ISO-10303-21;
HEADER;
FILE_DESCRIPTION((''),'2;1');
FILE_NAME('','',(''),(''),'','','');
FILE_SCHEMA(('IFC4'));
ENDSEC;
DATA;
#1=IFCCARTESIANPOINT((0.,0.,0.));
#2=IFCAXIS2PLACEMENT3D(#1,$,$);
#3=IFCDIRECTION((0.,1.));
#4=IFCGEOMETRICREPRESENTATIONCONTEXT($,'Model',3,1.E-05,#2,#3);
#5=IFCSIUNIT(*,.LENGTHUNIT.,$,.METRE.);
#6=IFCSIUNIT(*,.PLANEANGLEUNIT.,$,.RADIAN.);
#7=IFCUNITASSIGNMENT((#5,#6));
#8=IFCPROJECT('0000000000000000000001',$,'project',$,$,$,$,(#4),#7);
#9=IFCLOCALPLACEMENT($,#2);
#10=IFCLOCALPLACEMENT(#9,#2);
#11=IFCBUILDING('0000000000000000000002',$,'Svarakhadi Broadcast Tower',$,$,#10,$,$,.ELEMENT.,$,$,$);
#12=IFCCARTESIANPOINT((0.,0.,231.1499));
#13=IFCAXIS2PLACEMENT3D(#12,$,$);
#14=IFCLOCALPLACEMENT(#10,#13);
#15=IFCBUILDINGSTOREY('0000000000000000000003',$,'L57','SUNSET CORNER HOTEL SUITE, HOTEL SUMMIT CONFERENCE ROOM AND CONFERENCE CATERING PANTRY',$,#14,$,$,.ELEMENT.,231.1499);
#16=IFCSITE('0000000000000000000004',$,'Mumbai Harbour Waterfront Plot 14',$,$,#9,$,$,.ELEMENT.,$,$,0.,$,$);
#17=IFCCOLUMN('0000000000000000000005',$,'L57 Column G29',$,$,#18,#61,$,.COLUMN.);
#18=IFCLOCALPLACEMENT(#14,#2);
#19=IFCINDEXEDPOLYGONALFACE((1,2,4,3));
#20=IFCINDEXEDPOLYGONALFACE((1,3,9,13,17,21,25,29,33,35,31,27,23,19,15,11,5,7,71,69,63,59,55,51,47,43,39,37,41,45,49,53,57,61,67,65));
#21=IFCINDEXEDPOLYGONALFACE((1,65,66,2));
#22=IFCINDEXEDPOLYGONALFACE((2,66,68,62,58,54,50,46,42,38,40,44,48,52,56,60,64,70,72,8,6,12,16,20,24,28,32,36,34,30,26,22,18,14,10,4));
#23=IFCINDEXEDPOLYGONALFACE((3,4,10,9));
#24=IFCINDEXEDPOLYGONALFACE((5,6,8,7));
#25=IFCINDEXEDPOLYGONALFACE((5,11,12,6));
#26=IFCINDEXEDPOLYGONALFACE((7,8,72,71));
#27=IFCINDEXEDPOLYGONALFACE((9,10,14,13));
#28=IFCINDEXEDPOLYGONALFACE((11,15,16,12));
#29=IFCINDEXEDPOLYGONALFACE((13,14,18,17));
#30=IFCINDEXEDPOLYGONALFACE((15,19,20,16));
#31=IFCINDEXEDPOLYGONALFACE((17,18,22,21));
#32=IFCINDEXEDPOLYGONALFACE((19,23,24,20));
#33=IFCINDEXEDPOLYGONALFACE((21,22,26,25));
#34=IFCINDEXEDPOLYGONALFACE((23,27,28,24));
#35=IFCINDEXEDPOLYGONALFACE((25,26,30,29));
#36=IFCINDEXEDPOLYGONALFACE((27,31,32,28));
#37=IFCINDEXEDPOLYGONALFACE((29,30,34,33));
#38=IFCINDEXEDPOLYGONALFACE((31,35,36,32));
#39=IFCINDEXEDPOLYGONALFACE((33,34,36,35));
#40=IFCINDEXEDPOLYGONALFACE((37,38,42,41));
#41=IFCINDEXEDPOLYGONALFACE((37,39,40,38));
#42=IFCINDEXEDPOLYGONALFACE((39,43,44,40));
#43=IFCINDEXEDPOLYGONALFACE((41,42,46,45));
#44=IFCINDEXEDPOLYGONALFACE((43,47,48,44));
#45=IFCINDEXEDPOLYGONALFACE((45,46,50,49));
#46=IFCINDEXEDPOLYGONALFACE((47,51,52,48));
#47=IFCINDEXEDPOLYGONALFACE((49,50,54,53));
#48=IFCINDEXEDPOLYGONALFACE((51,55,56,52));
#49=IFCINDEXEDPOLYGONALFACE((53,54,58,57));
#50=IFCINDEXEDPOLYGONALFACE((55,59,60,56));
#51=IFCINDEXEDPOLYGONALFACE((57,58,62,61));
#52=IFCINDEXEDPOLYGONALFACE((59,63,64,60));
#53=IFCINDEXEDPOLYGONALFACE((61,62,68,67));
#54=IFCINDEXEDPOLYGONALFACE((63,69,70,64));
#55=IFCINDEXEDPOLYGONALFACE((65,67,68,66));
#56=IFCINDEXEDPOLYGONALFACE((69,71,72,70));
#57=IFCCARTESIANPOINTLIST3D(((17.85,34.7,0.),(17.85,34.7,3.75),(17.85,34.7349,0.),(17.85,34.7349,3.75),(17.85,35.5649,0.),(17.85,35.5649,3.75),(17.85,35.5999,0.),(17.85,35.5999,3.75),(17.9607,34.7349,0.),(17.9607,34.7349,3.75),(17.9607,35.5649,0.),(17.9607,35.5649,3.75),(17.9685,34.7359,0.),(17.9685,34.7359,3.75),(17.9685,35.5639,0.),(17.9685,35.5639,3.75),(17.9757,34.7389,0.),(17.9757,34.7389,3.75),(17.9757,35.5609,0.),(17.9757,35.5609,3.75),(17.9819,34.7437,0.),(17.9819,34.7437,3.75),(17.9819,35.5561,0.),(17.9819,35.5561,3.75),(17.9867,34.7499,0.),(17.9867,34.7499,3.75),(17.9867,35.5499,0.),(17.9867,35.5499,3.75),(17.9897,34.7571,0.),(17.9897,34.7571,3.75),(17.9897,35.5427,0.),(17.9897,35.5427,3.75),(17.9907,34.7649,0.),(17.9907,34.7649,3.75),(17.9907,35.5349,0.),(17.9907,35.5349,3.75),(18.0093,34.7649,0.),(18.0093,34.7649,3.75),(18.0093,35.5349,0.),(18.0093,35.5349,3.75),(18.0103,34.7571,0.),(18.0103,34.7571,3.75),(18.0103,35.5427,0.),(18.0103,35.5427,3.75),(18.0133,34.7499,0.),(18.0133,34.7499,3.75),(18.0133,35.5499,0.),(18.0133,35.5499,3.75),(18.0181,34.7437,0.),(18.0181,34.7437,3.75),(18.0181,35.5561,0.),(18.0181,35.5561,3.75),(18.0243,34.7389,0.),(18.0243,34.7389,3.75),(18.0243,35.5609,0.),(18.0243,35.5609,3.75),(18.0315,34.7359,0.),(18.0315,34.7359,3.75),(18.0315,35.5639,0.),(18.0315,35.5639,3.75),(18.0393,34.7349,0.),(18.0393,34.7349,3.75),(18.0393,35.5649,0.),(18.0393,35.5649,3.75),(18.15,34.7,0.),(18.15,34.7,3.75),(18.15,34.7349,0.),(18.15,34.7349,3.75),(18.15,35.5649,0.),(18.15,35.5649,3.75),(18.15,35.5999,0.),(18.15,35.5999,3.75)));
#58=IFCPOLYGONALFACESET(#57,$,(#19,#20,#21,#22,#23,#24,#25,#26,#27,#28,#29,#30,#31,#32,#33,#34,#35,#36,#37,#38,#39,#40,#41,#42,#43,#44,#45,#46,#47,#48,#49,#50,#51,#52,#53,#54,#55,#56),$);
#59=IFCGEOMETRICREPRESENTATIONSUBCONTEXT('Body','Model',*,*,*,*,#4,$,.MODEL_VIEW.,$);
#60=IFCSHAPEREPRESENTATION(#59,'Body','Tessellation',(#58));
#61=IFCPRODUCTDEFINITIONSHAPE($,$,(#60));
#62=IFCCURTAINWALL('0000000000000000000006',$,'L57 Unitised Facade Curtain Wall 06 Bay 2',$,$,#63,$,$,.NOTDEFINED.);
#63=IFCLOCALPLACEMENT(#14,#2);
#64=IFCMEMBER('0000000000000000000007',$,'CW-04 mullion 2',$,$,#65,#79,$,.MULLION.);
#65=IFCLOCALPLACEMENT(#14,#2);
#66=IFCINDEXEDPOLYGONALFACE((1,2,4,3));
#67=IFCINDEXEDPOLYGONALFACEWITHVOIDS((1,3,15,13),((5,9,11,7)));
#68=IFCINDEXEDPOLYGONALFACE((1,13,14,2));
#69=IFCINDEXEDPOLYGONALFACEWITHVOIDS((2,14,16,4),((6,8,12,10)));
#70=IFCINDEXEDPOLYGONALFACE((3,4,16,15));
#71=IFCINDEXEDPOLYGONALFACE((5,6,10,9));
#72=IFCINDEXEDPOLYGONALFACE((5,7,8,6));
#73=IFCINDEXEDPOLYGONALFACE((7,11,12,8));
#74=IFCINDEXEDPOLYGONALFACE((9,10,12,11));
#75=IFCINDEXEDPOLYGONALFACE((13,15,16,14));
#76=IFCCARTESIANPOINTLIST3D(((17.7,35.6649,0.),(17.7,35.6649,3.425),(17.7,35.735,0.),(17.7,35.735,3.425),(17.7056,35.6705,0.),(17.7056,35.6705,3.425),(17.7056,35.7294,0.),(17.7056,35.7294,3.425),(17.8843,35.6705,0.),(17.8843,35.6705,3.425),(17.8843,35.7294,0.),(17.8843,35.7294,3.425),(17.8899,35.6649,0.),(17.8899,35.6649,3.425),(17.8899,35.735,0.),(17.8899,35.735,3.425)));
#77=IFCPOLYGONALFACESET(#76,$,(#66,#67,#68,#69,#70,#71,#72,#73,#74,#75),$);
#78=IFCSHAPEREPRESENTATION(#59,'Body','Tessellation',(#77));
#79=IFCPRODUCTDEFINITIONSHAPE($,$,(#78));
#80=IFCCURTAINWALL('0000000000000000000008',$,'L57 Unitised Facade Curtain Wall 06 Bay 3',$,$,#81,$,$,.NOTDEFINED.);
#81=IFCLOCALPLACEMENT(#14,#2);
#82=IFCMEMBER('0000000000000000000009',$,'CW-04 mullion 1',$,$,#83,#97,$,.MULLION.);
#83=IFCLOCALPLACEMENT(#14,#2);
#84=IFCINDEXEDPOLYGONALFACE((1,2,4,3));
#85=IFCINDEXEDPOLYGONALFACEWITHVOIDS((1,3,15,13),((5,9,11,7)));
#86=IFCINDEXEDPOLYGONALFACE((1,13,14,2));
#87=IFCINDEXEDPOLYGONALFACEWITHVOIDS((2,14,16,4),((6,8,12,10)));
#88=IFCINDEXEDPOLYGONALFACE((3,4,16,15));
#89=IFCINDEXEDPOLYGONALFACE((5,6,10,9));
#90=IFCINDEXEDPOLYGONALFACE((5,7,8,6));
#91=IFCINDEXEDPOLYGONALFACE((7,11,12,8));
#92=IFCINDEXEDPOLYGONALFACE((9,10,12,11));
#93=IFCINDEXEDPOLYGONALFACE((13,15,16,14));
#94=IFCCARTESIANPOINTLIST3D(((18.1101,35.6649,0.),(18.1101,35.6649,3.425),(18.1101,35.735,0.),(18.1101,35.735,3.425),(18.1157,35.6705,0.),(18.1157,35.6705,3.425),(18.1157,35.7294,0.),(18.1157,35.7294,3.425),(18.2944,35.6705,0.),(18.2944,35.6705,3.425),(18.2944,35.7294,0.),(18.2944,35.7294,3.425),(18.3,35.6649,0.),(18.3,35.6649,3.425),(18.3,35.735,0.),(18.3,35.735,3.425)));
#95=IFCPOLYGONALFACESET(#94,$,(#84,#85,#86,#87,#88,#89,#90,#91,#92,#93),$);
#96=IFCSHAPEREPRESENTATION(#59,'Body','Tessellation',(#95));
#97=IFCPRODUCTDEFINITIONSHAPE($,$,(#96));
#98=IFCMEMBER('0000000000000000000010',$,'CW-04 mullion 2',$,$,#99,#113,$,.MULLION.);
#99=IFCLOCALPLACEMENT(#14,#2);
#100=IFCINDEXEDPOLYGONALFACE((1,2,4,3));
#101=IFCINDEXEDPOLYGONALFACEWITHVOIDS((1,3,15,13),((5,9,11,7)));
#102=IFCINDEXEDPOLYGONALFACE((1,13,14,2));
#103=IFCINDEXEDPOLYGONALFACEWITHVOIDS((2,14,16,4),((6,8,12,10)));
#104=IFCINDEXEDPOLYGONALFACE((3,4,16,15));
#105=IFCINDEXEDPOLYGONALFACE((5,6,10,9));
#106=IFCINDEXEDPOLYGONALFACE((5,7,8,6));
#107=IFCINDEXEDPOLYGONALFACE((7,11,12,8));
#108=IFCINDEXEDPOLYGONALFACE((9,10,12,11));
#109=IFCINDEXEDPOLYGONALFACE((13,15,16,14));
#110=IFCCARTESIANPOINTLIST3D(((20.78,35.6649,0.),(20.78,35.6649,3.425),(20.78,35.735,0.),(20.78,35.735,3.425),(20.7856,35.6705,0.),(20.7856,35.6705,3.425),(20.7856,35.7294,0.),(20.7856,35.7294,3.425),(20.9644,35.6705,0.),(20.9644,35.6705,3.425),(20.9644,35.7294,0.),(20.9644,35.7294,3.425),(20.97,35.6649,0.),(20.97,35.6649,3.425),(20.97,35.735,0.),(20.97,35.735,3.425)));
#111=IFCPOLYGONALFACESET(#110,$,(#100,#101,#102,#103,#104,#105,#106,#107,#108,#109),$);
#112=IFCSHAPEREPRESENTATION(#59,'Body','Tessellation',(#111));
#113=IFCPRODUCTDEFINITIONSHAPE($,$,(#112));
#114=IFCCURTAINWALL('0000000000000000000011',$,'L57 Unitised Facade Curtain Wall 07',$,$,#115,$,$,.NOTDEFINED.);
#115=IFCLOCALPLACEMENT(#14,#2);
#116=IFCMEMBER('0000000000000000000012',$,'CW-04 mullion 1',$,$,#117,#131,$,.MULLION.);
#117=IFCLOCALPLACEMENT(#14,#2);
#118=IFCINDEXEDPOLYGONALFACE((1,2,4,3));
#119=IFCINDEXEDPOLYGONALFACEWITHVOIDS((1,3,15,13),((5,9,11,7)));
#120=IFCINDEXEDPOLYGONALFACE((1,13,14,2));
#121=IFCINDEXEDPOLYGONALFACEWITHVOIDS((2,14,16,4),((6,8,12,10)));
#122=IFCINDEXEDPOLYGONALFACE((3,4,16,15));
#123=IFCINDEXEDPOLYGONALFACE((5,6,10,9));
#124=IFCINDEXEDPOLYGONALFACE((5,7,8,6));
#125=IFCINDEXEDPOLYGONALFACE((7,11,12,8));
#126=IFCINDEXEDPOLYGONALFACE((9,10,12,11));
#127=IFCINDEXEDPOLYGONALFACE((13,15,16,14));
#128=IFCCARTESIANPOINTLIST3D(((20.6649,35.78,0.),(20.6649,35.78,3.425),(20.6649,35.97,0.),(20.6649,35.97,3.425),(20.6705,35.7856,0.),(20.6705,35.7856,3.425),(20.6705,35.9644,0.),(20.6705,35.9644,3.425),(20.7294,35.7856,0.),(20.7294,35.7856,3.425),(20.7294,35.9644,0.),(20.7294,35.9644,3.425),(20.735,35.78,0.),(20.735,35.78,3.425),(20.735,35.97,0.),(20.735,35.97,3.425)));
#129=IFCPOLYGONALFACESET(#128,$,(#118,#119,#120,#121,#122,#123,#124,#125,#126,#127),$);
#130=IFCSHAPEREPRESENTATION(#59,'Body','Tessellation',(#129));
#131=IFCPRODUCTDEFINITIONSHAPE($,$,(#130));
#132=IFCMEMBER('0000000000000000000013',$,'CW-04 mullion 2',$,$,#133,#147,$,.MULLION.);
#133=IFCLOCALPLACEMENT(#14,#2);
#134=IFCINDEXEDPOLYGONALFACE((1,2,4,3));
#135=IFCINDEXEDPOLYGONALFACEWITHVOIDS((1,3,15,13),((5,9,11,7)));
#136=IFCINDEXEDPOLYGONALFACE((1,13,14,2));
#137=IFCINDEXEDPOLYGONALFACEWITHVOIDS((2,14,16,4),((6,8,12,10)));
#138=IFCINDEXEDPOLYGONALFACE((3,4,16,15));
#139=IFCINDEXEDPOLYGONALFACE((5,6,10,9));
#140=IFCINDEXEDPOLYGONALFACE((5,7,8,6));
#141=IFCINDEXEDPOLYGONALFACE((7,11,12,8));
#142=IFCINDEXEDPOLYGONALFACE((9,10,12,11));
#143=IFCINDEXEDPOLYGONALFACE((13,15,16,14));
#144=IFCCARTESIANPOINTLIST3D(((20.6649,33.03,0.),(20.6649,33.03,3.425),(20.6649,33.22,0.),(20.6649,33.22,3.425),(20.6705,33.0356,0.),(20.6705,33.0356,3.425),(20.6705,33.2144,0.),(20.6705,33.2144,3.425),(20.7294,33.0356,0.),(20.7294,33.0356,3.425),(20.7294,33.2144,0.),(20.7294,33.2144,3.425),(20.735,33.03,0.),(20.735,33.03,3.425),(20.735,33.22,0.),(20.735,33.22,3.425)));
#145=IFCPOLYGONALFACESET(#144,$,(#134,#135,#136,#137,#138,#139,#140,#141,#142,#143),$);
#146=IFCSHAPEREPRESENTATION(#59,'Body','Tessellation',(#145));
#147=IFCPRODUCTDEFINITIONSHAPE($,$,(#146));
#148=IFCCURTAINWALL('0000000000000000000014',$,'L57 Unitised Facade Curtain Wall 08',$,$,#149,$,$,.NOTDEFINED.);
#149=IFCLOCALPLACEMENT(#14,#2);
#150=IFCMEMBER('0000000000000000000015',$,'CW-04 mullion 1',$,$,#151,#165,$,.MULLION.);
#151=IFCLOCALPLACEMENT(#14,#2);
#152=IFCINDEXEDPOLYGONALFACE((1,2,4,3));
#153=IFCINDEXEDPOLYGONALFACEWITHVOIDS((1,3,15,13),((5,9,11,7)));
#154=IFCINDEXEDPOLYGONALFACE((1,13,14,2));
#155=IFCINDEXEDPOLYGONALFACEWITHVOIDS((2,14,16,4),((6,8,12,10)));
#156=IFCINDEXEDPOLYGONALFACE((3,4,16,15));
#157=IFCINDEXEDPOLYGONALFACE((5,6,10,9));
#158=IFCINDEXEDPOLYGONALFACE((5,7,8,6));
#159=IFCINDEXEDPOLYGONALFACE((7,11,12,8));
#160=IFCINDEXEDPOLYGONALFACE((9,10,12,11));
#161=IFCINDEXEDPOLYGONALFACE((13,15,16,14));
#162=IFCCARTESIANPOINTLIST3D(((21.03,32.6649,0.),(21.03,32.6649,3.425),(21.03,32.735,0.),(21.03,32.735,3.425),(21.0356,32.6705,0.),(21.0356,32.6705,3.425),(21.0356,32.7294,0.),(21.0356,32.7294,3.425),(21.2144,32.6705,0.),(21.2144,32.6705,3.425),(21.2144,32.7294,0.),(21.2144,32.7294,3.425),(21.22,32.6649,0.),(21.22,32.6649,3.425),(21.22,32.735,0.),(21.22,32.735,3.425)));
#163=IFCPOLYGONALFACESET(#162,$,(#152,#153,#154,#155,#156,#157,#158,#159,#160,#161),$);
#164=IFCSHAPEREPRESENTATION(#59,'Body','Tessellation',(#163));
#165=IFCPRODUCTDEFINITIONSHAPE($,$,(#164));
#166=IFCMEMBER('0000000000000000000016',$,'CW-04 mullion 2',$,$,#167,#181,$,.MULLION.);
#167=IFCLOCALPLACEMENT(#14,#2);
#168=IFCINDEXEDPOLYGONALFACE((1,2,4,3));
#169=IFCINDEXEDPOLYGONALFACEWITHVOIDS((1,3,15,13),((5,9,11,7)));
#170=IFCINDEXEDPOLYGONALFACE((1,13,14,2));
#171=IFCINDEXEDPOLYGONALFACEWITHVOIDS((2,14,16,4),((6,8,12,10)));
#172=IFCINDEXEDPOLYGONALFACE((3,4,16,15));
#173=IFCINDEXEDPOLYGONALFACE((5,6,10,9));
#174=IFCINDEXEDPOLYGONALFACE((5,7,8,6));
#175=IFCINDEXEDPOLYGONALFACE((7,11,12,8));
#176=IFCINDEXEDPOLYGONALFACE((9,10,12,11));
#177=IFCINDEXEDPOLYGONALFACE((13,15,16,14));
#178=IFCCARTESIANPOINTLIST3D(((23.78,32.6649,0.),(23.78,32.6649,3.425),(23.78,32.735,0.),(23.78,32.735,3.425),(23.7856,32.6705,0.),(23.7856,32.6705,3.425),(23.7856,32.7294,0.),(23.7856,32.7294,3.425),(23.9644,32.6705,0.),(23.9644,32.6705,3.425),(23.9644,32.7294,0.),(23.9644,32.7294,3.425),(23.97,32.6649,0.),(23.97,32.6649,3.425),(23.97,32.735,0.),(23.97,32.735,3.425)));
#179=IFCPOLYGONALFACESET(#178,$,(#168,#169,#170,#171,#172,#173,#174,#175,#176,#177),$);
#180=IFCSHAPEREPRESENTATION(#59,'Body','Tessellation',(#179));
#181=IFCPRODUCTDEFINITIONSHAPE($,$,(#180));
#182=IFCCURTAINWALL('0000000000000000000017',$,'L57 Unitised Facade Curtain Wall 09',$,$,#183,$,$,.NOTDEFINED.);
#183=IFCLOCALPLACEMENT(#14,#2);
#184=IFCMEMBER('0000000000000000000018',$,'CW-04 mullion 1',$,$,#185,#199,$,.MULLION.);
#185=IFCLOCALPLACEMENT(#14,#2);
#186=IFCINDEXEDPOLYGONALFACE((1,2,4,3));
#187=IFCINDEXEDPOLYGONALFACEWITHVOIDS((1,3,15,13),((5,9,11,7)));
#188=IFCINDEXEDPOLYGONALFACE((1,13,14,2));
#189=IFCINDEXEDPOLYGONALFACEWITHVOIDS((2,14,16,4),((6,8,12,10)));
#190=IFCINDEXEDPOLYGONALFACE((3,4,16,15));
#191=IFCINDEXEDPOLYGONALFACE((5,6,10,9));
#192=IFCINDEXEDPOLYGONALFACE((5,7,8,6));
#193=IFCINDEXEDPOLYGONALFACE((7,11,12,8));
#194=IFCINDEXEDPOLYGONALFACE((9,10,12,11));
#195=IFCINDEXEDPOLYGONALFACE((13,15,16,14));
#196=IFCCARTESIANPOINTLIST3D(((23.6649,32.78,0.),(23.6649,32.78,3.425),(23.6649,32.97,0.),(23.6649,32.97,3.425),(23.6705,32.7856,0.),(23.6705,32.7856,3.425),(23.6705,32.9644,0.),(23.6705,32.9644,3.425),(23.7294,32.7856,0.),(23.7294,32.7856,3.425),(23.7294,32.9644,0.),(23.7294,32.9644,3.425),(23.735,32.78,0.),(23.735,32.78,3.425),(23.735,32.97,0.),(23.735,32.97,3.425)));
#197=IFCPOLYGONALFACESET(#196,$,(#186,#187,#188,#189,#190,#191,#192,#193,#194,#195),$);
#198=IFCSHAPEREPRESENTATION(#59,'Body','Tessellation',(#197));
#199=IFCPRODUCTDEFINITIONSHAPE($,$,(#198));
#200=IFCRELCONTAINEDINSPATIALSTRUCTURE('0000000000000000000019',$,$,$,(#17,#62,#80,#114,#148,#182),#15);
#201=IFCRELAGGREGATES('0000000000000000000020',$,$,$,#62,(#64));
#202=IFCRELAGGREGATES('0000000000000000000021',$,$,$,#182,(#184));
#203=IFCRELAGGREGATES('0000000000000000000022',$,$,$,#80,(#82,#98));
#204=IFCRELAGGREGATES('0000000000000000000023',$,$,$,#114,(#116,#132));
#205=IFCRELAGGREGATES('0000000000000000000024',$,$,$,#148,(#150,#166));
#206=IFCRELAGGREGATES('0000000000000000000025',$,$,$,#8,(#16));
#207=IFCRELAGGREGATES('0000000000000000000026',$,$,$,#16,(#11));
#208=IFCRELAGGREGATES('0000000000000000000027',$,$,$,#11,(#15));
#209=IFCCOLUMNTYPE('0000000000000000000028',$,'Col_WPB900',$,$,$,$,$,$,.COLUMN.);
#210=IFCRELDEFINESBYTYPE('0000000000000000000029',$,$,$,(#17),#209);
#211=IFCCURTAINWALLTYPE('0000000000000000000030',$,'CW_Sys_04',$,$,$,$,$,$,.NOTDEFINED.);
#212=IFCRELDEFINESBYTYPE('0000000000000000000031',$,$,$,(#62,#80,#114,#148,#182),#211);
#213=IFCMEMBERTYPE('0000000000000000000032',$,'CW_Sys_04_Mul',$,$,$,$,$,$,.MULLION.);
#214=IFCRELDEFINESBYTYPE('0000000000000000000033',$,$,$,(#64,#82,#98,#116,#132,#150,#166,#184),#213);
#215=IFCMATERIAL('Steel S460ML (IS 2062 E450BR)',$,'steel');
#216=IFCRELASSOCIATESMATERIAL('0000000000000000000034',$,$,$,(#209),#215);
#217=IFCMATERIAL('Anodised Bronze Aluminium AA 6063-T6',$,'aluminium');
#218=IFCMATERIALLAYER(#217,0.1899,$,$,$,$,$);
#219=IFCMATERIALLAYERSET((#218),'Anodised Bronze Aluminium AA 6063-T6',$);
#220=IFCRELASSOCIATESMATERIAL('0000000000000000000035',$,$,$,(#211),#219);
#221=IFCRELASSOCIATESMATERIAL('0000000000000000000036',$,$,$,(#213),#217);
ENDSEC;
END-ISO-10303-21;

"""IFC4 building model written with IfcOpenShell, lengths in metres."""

from ifc_helpers import new_model, si_unit, direction, frame, origin, origin_2d, place, context, subcontext, project, spatial, hollow_rectangle, i_section, extrude, material, layer, layer_set, material_profile, profile_set, type_object, element, aggregate, save


model = new_model("IFC4")

# Units and contexts
model_context = context("Model", 3, precision=1e-05, world=origin(), true_north=direction((0.0, 1.0)))
body_context = subcontext(model_context, "Body", "Model", "MODEL_VIEW")
ifc_project = project(units=[si_unit("LENGTHUNIT", "METRE"), si_unit("PLANEANGLEUNIT", "RADIAN")], contexts=[model_context])

# Site, building, storey
site_placement = place(None, origin())
site = spatial("IfcSite", under=ifc_project, at=site_placement, Name="Mumbai Harbour Waterfront Plot 14", CompositionType="ELEMENT", RefElevation=0.0)
building_placement = place(site_placement, origin())
building = spatial("IfcBuilding", under=site, at=building_placement, Name="Svarakhadi Broadcast Tower", CompositionType="ELEMENT")
storey_placement = place(building_placement, frame((0.0, 0.0, 231.1499)))
storey = spatial("IfcBuildingStorey", under=building, at=storey_placement, Name="L57", Description="SUNSET CORNER HOTEL SUITE, HOTEL SUMMIT CONFERENCE ROOM AND CONFERENCE CATERING PANTRY", CompositionType="ELEMENT", Elevation=231.1499)

# Column
ifc_material_1 = material(Name="Steel S460ML (IS 2062 E450BR)", Category="steel")
ifc_material_profile_1 = material_profile(ifc_material_1, i_section(OverallWidth=0.3, OverallDepth=0.8999, WebThickness=0.0186, FlangeThickness=0.0349, FilletRadius=0.03, at=origin_2d()), Name="WPB 900x300x291")
ifc_profile_set_1 = profile_set([ifc_material_profile_1], Name="Steel S460ML (IS 2062 E450BR)")
column_type = type_object("IfcColumnType", Name="Col_WPB900", PredefinedType="COLUMN", material=ifc_profile_set_1)
column_placement = place(storey_placement, frame((18.0, 35.1499, 0.0), z_axis=(0.0, 0.0, 1.0), x_axis=(1.0, 0.0, 0.0)))
element("IfcColumn", 1, at=column_placement, inside=storey, type_object=column_type, Name="L57 Column G29", PredefinedType="COLUMN", context=body_context, shape_type="SweptSolid", body=[
    extrude(i_section(OverallWidth=0.3, OverallDepth=0.8999, WebThickness=0.0186, FlangeThickness=0.0349, FilletRadius=0.03, at=origin_2d()), origin(), (0.0, 0.0, 1.0), 3.75),
])

# Curtain wall, member
ifc_material_2 = material(Name="Anodised Bronze Aluminium AA 6063-T6", Category="aluminium")
ifc_layer_1 = layer(ifc_material_2, 0.1899)
ifc_layer_set_1 = layer_set([ifc_layer_1], Name="Anodised Bronze Aluminium AA 6063-T6")
curtain_wall_type = type_object("IfcCurtainWallType", Name="CW_Sys_04", PredefinedType="NOTDEFINED", material=ifc_layer_set_1)
curtain_wall_1_placement = place(storey_placement, origin())
curtain_wall_1 = element("IfcCurtainWall", 2, at=curtain_wall_1_placement, inside=storey, type_object=curtain_wall_type, Name="L57 Unitised Facade Curtain Wall 06 Bay 2", PredefinedType="NOTDEFINED")
ifc_material_profile_2 = material_profile(ifc_material_2, hollow_rectangle(XDim=0.0701, YDim=0.1899, WallThickness=0.0056, at=origin_2d()), Name="ALU MULLION 190x70x6")
ifc_profile_set_2 = profile_set([ifc_material_profile_2], Name="Anodised Bronze Aluminium AA 6063-T6")
member_type_1 = type_object("IfcMemberType", Name="CW_Sys_04_Mul", PredefinedType="MULLION", material=ifc_profile_set_2)
member_1_placement = place(storey_placement, frame((17.7949, 35.7, 0.0), z_axis=(0.0, 0.0, 1.0), x_axis=(0.0, 1.0, 0.0)))
member_1 = element("IfcMember", 3, at=member_1_placement, type_object=member_type_1, Name="CW-04 mullion 2", PredefinedType="MULLION", context=body_context, shape_type="SweptSolid", body=[
    extrude(hollow_rectangle(XDim=0.0701, YDim=0.1899, WallThickness=0.0056, at=origin_2d()), origin(), (0.0, 0.0, 1.0), 3.425),
])
aggregate(curtain_wall_1, [member_1])

# Curtain walls, members
curtain_wall_2_placement = place(storey_placement, origin())
curtain_wall_2 = element("IfcCurtainWall", 4, at=curtain_wall_2_placement, inside=storey, type_object=curtain_wall_type, Name="L57 Unitised Facade Curtain Wall 06 Bay 3", PredefinedType="NOTDEFINED")
member_2_placement = place(storey_placement, frame((18.2051, 35.7, 0.0), z_axis=(0.0, 0.0, 1.0), x_axis=(0.0, 1.0, 0.0)))
member_2 = element("IfcMember", 5, at=member_2_placement, type_object=member_type_1, Name="CW-04 mullion 1", PredefinedType="MULLION", context=body_context, shape_type="SweptSolid", body=[
    extrude(hollow_rectangle(XDim=0.0701, YDim=0.1899, WallThickness=0.0056, at=origin_2d()), origin(), (0.0, 0.0, 1.0), 3.425),
])
member_3_placement = place(storey_placement, frame((20.875, 35.7, 0.0), z_axis=(0.0, 0.0, 1.0), x_axis=(0.0, 1.0, 0.0)))
member_3 = element("IfcMember", 6, at=member_3_placement, type_object=member_type_1, Name="CW-04 mullion 2", PredefinedType="MULLION", context=body_context, shape_type="SweptSolid", body=[
    extrude(hollow_rectangle(XDim=0.0701, YDim=0.1899, WallThickness=0.0056, at=origin_2d()), origin(), (0.0, 0.0, 1.0), 3.425),
])
curtain_wall_3_placement = place(storey_placement, origin())
curtain_wall_3 = element("IfcCurtainWall", 7, at=curtain_wall_3_placement, inside=storey, type_object=curtain_wall_type, Name="L57 Unitised Facade Curtain Wall 07", PredefinedType="NOTDEFINED")
member_4_placement = place(storey_placement, frame((20.7, 35.875, 0.0), z_axis=(0.0, 0.0, 1.0), x_axis=(1.0, 0.0, 0.0)))
member_4 = element("IfcMember", 8, at=member_4_placement, type_object=member_type_1, Name="CW-04 mullion 1", PredefinedType="MULLION", context=body_context, shape_type="SweptSolid", body=[
    extrude(hollow_rectangle(XDim=0.0701, YDim=0.1899, WallThickness=0.0056, at=origin_2d()), origin(), (0.0, 0.0, 1.0), 3.425),
])
member_5_placement = place(storey_placement, frame((20.7, 33.125, 0.0), z_axis=(0.0, 0.0, 1.0), x_axis=(1.0, 0.0, 0.0)))
member_5 = element("IfcMember", 9, at=member_5_placement, type_object=member_type_1, Name="CW-04 mullion 2", PredefinedType="MULLION", context=body_context, shape_type="SweptSolid", body=[
    extrude(hollow_rectangle(XDim=0.0701, YDim=0.1899, WallThickness=0.0056, at=origin_2d()), origin(), (0.0, 0.0, 1.0), 3.425),
])
curtain_wall_4_placement = place(storey_placement, origin())
curtain_wall_4 = element("IfcCurtainWall", 10, at=curtain_wall_4_placement, inside=storey, type_object=curtain_wall_type, Name="L57 Unitised Facade Curtain Wall 08", PredefinedType="NOTDEFINED")
member_6_placement = place(storey_placement, frame((21.125, 32.7, 0.0), z_axis=(0.0, 0.0, 1.0), x_axis=(0.0, 1.0, 0.0)))
member_6 = element("IfcMember", 11, at=member_6_placement, type_object=member_type_1, Name="CW-04 mullion 1", PredefinedType="MULLION", context=body_context, shape_type="SweptSolid", body=[
    extrude(hollow_rectangle(XDim=0.0701, YDim=0.1899, WallThickness=0.0056, at=origin_2d()), origin(), (0.0, 0.0, 1.0), 3.425),
])
member_7_placement = place(storey_placement, frame((23.875, 32.7, 0.0), z_axis=(0.0, 0.0, 1.0), x_axis=(0.0, 1.0, 0.0)))
member_7 = element("IfcMember", 12, at=member_7_placement, type_object=member_type_1, Name="CW-04 mullion 2", PredefinedType="MULLION", context=body_context, shape_type="SweptSolid", body=[
    extrude(hollow_rectangle(XDim=0.0701, YDim=0.1899, WallThickness=0.0056, at=origin_2d()), origin(), (0.0, 0.0, 1.0), 3.425),
])

# Curtain wall, member
curtain_wall_5_placement = place(storey_placement, origin())
curtain_wall_5 = element("IfcCurtainWall", 13, at=curtain_wall_5_placement, inside=storey, type_object=curtain_wall_type, Name="L57 Unitised Facade Curtain Wall 09", PredefinedType="NOTDEFINED")
member_8_placement = place(storey_placement, frame((23.7, 32.875, 0.0), z_axis=(0.0, 0.0, 1.0), x_axis=(1.0, 0.0, 0.0)))
member_8 = element("IfcMember", 14, at=member_8_placement, type_object=member_type_1, Name="CW-04 mullion 1", PredefinedType="MULLION", context=body_context, shape_type="SweptSolid", body=[
    extrude(hollow_rectangle(XDim=0.0701, YDim=0.1899, WallThickness=0.0056, at=origin_2d()), origin(), (0.0, 0.0, 1.0), 3.425),
])

aggregate(curtain_wall_5, [member_8])

aggregate(curtain_wall_2, [member_2, member_3])
aggregate(curtain_wall_3, [member_4, member_5])
aggregate(curtain_wall_4, [member_6, member_7])

save(model, "model.ifc")
